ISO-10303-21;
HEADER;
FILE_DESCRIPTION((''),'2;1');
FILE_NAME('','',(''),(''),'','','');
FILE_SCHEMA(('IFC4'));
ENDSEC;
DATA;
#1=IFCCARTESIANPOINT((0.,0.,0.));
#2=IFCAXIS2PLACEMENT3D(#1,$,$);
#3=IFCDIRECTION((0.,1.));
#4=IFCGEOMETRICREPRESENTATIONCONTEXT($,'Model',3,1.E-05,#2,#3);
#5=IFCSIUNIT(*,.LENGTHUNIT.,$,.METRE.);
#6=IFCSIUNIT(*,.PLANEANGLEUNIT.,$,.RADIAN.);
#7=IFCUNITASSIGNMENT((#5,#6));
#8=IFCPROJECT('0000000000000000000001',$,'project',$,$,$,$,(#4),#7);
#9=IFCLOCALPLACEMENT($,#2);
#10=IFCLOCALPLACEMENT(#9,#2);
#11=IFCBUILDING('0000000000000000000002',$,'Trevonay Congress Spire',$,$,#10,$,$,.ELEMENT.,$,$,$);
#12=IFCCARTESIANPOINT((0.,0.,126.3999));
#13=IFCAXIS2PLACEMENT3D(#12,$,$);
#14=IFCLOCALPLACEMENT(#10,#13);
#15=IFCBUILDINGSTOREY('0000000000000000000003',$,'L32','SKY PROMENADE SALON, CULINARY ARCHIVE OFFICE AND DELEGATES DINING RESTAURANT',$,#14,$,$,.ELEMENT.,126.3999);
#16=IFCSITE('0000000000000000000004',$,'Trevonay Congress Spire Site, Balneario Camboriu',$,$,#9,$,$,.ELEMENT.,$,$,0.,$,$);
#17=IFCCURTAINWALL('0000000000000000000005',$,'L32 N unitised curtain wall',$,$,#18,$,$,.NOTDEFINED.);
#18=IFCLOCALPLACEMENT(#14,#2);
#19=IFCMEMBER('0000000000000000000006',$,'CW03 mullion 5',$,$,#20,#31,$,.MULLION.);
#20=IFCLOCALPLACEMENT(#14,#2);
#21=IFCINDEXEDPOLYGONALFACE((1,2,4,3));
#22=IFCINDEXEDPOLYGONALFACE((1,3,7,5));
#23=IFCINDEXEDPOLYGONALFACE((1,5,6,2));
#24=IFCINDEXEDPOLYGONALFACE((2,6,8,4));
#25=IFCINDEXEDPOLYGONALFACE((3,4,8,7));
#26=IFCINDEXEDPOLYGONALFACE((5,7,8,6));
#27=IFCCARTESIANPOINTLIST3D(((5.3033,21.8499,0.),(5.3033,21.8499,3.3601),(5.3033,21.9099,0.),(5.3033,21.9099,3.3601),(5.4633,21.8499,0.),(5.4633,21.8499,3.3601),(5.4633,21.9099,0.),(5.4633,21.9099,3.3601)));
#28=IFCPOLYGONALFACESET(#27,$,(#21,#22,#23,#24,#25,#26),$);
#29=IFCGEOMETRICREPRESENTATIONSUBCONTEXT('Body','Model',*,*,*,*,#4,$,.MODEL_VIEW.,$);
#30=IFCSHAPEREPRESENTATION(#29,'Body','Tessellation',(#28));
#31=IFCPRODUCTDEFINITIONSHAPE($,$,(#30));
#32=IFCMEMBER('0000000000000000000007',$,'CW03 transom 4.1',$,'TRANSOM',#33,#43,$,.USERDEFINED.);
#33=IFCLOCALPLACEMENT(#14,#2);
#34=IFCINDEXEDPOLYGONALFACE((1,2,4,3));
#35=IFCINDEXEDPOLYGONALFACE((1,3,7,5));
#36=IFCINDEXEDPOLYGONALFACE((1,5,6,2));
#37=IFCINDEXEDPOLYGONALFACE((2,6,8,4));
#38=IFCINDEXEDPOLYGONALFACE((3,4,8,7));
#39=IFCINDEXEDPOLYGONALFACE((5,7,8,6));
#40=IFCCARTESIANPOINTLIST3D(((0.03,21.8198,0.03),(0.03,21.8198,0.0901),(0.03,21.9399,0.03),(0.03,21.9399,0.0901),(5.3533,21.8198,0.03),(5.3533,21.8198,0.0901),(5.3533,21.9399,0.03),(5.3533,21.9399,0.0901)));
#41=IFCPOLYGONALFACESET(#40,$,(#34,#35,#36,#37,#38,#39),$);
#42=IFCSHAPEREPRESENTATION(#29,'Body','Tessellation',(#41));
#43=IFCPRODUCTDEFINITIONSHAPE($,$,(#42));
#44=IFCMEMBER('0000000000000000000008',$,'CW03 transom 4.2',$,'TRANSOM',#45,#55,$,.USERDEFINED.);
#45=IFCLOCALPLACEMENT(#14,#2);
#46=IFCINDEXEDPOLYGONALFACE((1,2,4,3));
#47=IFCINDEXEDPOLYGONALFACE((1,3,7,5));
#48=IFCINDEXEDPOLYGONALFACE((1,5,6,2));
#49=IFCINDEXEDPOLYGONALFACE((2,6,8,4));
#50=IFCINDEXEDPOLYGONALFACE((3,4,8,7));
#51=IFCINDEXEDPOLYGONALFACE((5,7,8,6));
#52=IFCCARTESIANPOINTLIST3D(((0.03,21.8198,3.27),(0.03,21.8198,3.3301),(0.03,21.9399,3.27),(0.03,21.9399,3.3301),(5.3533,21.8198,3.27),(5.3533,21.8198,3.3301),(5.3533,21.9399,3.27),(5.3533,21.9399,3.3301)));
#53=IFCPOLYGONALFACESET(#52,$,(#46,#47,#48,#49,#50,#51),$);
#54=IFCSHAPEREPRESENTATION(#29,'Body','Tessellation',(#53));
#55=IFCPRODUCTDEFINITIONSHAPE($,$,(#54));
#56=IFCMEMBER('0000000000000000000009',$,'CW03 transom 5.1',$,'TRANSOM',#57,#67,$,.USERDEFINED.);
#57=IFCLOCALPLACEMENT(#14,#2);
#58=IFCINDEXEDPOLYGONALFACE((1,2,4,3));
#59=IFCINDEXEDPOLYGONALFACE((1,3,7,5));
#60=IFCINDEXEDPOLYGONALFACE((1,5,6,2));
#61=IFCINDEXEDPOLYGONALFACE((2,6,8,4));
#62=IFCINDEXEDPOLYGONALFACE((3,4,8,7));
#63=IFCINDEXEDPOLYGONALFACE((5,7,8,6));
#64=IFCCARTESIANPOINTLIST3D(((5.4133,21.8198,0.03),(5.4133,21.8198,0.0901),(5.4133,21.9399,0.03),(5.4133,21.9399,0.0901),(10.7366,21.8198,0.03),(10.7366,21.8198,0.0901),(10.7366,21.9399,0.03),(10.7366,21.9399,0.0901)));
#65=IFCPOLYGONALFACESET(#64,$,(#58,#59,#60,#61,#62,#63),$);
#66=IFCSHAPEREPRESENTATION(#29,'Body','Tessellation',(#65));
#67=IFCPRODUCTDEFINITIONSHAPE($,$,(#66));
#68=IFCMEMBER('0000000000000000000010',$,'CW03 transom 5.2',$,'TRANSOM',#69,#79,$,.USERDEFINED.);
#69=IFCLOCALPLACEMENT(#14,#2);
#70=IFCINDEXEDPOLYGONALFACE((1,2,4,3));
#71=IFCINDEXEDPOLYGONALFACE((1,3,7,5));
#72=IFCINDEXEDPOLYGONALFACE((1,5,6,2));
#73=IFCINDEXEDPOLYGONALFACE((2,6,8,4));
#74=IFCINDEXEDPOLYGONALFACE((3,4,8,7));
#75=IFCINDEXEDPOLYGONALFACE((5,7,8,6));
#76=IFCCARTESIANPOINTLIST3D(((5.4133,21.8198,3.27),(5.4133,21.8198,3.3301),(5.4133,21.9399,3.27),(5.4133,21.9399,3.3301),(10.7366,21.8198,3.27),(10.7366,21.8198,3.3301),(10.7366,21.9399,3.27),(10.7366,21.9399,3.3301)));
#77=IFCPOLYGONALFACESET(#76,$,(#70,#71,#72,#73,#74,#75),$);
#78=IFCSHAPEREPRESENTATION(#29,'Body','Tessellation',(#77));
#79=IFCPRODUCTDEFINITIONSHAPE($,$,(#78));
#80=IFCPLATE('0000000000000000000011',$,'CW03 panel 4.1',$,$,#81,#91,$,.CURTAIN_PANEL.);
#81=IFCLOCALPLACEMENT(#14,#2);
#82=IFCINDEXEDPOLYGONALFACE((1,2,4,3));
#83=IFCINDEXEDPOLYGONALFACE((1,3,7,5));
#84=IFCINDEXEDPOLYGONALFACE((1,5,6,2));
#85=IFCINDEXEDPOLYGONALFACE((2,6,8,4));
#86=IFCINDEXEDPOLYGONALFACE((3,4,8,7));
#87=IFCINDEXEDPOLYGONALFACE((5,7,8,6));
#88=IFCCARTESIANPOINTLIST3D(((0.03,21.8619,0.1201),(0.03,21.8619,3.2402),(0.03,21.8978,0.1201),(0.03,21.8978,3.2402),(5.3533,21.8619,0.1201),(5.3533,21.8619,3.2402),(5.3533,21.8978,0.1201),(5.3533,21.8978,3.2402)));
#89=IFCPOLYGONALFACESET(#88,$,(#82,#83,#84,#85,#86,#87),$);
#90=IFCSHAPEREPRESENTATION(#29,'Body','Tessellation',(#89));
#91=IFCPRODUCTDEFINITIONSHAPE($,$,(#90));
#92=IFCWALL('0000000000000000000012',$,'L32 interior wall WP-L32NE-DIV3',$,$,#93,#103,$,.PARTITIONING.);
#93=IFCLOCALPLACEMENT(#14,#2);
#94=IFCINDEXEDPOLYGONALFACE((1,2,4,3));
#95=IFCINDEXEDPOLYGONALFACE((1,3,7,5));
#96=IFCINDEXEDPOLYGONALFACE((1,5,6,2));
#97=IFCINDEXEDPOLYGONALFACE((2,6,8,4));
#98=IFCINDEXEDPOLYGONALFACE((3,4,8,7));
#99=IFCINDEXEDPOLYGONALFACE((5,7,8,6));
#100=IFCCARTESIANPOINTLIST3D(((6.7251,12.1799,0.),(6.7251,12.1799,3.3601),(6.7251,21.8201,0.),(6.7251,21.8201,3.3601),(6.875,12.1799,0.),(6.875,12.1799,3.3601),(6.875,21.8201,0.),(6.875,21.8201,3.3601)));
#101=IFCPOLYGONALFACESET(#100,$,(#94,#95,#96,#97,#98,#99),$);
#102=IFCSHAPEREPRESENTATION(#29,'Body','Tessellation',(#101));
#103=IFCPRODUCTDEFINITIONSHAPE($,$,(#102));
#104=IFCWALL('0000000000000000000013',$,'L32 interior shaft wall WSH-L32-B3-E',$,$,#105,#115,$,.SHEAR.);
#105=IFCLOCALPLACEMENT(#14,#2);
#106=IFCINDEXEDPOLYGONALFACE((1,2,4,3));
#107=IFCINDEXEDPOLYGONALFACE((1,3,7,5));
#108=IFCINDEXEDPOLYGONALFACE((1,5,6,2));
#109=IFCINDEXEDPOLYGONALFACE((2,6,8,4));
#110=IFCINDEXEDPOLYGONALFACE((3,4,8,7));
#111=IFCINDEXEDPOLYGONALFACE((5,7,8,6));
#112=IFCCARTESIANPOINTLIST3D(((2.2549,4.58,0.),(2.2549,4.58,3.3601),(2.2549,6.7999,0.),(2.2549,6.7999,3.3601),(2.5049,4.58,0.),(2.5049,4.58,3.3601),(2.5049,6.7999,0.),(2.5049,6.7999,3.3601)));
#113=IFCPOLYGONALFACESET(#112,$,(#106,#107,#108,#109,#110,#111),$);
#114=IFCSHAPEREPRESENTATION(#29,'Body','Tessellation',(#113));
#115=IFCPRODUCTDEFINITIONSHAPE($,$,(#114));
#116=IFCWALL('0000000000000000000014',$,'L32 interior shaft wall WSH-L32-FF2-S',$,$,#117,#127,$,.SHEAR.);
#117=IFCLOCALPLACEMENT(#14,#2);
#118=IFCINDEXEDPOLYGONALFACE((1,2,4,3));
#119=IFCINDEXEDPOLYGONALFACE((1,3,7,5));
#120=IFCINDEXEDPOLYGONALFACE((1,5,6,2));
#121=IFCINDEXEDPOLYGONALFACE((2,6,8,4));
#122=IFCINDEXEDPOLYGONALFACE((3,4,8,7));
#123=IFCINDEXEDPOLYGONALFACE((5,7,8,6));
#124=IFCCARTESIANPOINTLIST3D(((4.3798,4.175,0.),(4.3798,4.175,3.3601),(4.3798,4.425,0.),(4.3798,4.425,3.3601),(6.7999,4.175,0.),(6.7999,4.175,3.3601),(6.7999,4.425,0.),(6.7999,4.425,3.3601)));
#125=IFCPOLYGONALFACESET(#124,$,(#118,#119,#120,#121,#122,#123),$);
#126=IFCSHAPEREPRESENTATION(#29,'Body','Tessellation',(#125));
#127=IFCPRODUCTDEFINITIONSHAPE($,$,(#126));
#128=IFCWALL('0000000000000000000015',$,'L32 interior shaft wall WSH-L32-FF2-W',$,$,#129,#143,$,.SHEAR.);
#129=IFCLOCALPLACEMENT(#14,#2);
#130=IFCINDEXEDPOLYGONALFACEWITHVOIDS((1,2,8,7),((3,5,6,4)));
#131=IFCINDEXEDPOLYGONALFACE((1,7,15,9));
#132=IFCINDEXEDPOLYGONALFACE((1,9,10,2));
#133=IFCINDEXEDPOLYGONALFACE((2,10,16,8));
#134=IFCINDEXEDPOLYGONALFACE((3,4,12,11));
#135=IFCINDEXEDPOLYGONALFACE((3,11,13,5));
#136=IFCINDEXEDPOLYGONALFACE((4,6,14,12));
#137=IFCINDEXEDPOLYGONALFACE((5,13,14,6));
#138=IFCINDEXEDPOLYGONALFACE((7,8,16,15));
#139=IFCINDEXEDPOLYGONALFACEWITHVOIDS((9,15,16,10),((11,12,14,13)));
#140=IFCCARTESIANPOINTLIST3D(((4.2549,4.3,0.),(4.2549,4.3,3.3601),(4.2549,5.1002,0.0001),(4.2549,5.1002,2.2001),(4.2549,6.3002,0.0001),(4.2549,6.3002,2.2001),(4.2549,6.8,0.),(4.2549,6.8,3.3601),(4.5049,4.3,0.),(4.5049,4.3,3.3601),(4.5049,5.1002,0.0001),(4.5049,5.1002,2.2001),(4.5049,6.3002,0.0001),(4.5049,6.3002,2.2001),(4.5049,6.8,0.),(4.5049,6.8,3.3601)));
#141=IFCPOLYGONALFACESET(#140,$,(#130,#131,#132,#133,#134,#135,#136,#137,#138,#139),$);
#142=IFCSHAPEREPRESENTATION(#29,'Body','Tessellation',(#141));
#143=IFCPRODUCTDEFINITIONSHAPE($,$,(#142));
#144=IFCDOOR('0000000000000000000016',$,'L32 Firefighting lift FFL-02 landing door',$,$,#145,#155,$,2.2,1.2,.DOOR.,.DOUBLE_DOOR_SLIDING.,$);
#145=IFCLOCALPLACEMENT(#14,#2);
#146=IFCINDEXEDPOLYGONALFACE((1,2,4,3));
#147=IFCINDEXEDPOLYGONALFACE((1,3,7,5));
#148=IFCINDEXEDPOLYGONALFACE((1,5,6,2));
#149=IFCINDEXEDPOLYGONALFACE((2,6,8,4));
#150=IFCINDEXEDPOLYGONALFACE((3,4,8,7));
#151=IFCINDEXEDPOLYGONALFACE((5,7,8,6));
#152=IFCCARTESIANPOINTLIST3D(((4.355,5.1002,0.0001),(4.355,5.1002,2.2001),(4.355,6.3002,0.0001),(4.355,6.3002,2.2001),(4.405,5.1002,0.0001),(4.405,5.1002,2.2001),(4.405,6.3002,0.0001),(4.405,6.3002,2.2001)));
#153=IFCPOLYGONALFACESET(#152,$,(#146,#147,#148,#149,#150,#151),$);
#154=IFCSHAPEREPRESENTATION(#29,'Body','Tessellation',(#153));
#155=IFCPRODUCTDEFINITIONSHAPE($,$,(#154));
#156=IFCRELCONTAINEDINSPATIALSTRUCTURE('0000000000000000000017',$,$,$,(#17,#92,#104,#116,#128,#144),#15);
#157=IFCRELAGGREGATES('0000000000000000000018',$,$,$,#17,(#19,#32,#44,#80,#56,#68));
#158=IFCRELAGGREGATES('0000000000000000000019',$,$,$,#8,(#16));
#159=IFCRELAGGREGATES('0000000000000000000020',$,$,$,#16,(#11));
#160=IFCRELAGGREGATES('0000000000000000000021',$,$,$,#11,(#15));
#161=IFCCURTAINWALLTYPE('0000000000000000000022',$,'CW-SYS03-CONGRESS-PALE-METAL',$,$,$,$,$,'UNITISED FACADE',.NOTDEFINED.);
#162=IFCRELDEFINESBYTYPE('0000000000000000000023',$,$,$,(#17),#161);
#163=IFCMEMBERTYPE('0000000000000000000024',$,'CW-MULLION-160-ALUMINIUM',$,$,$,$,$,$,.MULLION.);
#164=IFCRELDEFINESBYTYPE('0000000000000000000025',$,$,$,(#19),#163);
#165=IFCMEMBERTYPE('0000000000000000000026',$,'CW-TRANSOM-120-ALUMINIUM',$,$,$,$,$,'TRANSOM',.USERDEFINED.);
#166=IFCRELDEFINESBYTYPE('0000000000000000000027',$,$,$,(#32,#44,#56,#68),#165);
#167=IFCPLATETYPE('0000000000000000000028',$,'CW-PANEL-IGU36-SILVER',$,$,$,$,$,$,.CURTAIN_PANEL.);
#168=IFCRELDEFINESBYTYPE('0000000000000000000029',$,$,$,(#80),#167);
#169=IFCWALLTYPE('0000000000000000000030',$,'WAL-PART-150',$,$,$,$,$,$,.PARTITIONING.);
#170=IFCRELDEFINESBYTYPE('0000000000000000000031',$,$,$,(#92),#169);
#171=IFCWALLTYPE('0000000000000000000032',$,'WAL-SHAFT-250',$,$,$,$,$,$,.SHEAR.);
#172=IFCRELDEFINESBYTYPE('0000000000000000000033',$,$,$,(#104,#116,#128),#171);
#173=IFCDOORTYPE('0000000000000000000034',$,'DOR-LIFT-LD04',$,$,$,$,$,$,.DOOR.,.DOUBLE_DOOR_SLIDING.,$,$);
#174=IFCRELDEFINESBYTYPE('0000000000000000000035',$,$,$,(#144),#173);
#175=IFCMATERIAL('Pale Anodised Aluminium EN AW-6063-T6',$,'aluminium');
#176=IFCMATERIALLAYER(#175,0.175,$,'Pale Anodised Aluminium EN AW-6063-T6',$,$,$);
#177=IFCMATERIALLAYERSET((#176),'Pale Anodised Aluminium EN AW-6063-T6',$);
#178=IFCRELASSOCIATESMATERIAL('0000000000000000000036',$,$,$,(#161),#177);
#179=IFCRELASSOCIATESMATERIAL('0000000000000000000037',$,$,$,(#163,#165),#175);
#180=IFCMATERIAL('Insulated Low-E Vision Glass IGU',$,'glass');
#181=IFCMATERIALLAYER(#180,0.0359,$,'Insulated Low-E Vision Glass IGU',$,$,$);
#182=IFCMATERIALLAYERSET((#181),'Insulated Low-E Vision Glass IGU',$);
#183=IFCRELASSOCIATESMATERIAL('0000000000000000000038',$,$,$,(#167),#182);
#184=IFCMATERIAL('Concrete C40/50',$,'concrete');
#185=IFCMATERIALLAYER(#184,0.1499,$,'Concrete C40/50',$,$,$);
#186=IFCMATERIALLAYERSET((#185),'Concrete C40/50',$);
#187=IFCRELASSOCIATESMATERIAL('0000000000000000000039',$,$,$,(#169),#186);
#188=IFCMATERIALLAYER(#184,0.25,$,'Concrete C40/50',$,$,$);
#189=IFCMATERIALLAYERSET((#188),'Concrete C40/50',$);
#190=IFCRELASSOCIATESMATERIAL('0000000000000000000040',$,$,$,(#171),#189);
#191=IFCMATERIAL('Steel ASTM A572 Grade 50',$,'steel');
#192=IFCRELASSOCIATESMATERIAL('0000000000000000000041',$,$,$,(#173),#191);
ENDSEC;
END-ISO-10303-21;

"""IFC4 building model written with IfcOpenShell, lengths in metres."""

from ifc_helpers import new_model, si_unit, direction, frame, frame_2d, origin, origin_2d, place, context, subcontext, project, spatial, rectangle, extrude, material, layer, layer_set, material_profile, profile_set, type_object, element, fill, aggregate, save


model = new_model("IFC4")

# Units and contexts
model_context = context("Model", 3, precision=1e-05, world=origin(), true_north=direction((0.0, 1.0)))
body_context = subcontext(model_context, "Body", "Model", "MODEL_VIEW")
ifc_project = project(units=[si_unit("LENGTHUNIT", "METRE"), si_unit("PLANEANGLEUNIT", "RADIAN")], contexts=[model_context])

# Site, building, storey
site_placement = place(None, origin())
site = spatial("IfcSite", under=ifc_project, at=site_placement, Name="Trevonay Congress Spire Site, Balneario Camboriu", CompositionType="ELEMENT", RefElevation=0.0)
building_placement = place(site_placement, origin())
building = spatial("IfcBuilding", under=site, at=building_placement, Name="Trevonay Congress Spire", CompositionType="ELEMENT")
storey_placement = place(building_placement, frame((0.0, 0.0, 126.3999)))
storey = spatial("IfcBuildingStorey", under=building, at=storey_placement, Name="L32", Description="SKY PROMENADE SALON, CULINARY ARCHIVE OFFICE AND DELEGATES DINING RESTAURANT", CompositionType="ELEMENT", Elevation=126.3999)

# Shared definitions
ifc_material_1 = material(Name="Steel ASTM A572 Grade 50", Category="steel")

# Curtain wall, members, plate
ifc_material_2 = material(Name="Pale Anodised Aluminium EN AW-6063-T6", Category="aluminium")
ifc_layer_1 = layer(ifc_material_2, 0.175, Name="Pale Anodised Aluminium EN AW-6063-T6")
ifc_layer_set_1 = layer_set([ifc_layer_1], Name="Pale Anodised Aluminium EN AW-6063-T6")
curtain_wall_type = type_object("IfcCurtainWallType", Name="CW-SYS03-CONGRESS-PALE-METAL", ElementType="UNITISED FACADE", PredefinedType="NOTDEFINED", material=ifc_layer_set_1)
curtain_wall_placement = place(storey_placement, origin())
curtain_wall = element("IfcCurtainWall", 1, at=curtain_wall_placement, inside=storey, type_object=curtain_wall_type, Name="L32 N unitised curtain wall", PredefinedType="NOTDEFINED")
ifc_material_profile_1 = material_profile(ifc_material_2, rectangle(XDim=0.0601, YDim=0.1599, at=origin_2d()), Name="CW-MULLION-160-ALUMINIUM")
ifc_profile_set_1 = profile_set([ifc_material_profile_1], Name="Pale Anodised Aluminium EN AW-6063-T6")
member_type_1 = type_object("IfcMemberType", Name="CW-MULLION-160-ALUMINIUM", PredefinedType="MULLION", material=ifc_profile_set_1)
member_1_placement = place(storey_placement, frame((5.3833, 21.8799, 0.0), z_axis=(0.0, 0.0, 1.0), x_axis=(0.0, 1.0, 0.0)))
member_1 = element("IfcMember", 2, at=member_1_placement, type_object=member_type_1, Name="CW03 mullion 5", PredefinedType="MULLION", context=body_context, shape_type="SweptSolid", body=[
    extrude(rectangle(XDim=0.0601, YDim=0.1599, at=origin_2d()), origin(), (0.0, 0.0, 1.0), 3.3601),
])
ifc_material_profile_2 = material_profile(ifc_material_2, rectangle(XDim=0.1201, YDim=0.0601, at=origin_2d()), Name="CW-TRANSOM-120-ALUMINIUM")
ifc_profile_set_2 = profile_set([ifc_material_profile_2], Name="Pale Anodised Aluminium EN AW-6063-T6")
member_type_2 = type_object("IfcMemberType", Name="CW-TRANSOM-120-ALUMINIUM", ElementType="TRANSOM", PredefinedType="USERDEFINED", material=ifc_profile_set_2)
member_2_placement = place(storey_placement, frame((0.03, 21.8799, 0.0601), z_axis=(1.0, 0.0, 0.0), x_axis=(0.0, 1.0, 0.0)))
member_2 = element("IfcMember", 3, at=member_2_placement, type_object=member_type_2, Name="CW03 transom 4.1", ObjectType="TRANSOM", PredefinedType="USERDEFINED", context=body_context, shape_type="SweptSolid", body=[
    extrude(rectangle(XDim=0.1201, YDim=0.0601, at=origin_2d()), origin(), (0.0, 0.0, 1.0), 5.3232),
])
member_3_placement = place(storey_placement, frame((0.03, 21.8799, 3.3), z_axis=(1.0, 0.0, 0.0), x_axis=(0.0, 1.0, 0.0)))
member_3 = element("IfcMember", 4, at=member_3_placement, type_object=member_type_2, Name="CW03 transom 4.2", ObjectType="TRANSOM", PredefinedType="USERDEFINED", context=body_context, shape_type="SweptSolid", body=[
    extrude(rectangle(XDim=0.1201, YDim=0.0601, at=origin_2d()), origin(), (0.0, 0.0, 1.0), 5.3232),
])
member_4_placement = place(storey_placement, frame((5.4133, 21.8799, 0.0601), z_axis=(1.0, 0.0, 0.0), x_axis=(0.0, 1.0, 0.0)))
member_4 = element("IfcMember", 5, at=member_4_placement, type_object=member_type_2, Name="CW03 transom 5.1", ObjectType="TRANSOM", PredefinedType="USERDEFINED", context=body_context, shape_type="SweptSolid", body=[
    extrude(rectangle(XDim=0.1201, YDim=0.0601, at=origin_2d()), origin(), (0.0, 0.0, 1.0), 5.3232),
])
member_5_placement = place(storey_placement, frame((5.4133, 21.8799, 3.3), z_axis=(1.0, 0.0, 0.0), x_axis=(0.0, 1.0, 0.0)))
member_5 = element("IfcMember", 6, at=member_5_placement, type_object=member_type_2, Name="CW03 transom 5.2", ObjectType="TRANSOM", PredefinedType="USERDEFINED", context=body_context, shape_type="SweptSolid", body=[
    extrude(rectangle(XDim=0.1201, YDim=0.0601, at=origin_2d()), origin(), (0.0, 0.0, 1.0), 5.3232),
])
ifc_material_3 = material(Name="Insulated Low-E Vision Glass IGU", Category="glass")
ifc_layer_2 = layer(ifc_material_3, 0.0359, Name="Insulated Low-E Vision Glass IGU")
ifc_layer_set_2 = layer_set([ifc_layer_2], Name="Insulated Low-E Vision Glass IGU")
plate_type = type_object("IfcPlateType", Name="CW-PANEL-IGU36-SILVER", PredefinedType="CURTAIN_PANEL", material=ifc_layer_set_2)
plate_placement = place(storey_placement, frame((2.6917, 21.8799, 0.1201), z_axis=(0.0, 0.0, 1.0), x_axis=(1.0, 0.0, 0.0)))
plate = element("IfcPlate", 7, at=plate_placement, type_object=plate_type, Name="CW03 panel 4.1", PredefinedType="CURTAIN_PANEL", context=body_context, shape_type="SweptSolid", body=[
    extrude(rectangle(XDim=5.3232, YDim=0.0359, at=origin_2d()), origin(), (0.0, 0.0, 1.0), 3.1201),
])
aggregate(curtain_wall, [member_1, member_2, member_3, plate, member_4, member_5])

# Walls
ifc_material_4 = material(Name="Concrete C40/50", Category="concrete")
ifc_layer_3 = layer(ifc_material_4, 0.1499, Name="Concrete C40/50")
ifc_layer_set_3 = layer_set([ifc_layer_3], Name="Concrete C40/50")
wall_type_1 = type_object("IfcWallType", Name="WAL-PART-150", PredefinedType="PARTITIONING", material=ifc_layer_set_3)
wall_1_placement = place(storey_placement, frame((6.8, 12.1799, 0.0), z_axis=(0.0, 0.0, 1.0), x_axis=(0.0, 1.0, 0.0)))
element("IfcWall", 8, at=wall_1_placement, inside=storey, type_object=wall_type_1, Name="L32 interior wall WP-L32NE-DIV3", PredefinedType="PARTITIONING", context=body_context, shape_type="SweptSolid", body=[
    extrude(rectangle(XDim=9.6401, YDim=0.1499, at=frame_2d((4.8201, 0.0))), origin(), (0.0, 0.0, 1.0), 3.3601),
])
ifc_layer_4 = layer(ifc_material_4, 0.25, Name="Concrete C40/50")
ifc_layer_set_4 = layer_set([ifc_layer_4], Name="Concrete C40/50")
wall_type_2 = type_object("IfcWallType", Name="WAL-SHAFT-250", PredefinedType="SHEAR", material=ifc_layer_set_4)
wall_2_placement = place(storey_placement, frame((2.3799, 4.5801, 0.0), z_axis=(0.0, 0.0, 1.0), x_axis=(0.0, 1.0, 0.0)))
element("IfcWall", 9, at=wall_2_placement, inside=storey, type_object=wall_type_2, Name="L32 interior shaft wall WSH-L32-B3-E", PredefinedType="SHEAR", context=body_context, shape_type="SweptSolid", body=[
    extrude(rectangle(XDim=2.22, YDim=0.25, at=frame_2d((1.1099, 0.0))), origin(), (0.0, 0.0, 1.0), 3.3601),
])
wall_3_placement = place(storey_placement, frame((4.3799, 4.3, 0.0), z_axis=(0.0, 0.0, 1.0), x_axis=(1.0, 0.0, 0.0)))
element("IfcWall", 10, at=wall_3_placement, inside=storey, type_object=wall_type_2, Name="L32 interior shaft wall WSH-L32-FF2-S", PredefinedType="SHEAR", context=body_context, shape_type="SweptSolid", body=[
    extrude(rectangle(XDim=2.4202, YDim=0.25, at=frame_2d((1.21, 0.0))), origin(), (0.0, 0.0, 1.0), 3.3601),
])

# Wall, opening, door
wall_4_placement = place(storey_placement, frame((4.3799, 4.3, 0.0), z_axis=(0.0, 0.0, 1.0), x_axis=(0.0, 1.0, 0.0)))
wall_4 = element("IfcWall", 11, at=wall_4_placement, inside=storey, type_object=wall_type_2, Name="L32 interior shaft wall WSH-L32-FF2-W", PredefinedType="SHEAR", context=body_context, shape_type="SweptSolid", body=[
    extrude(rectangle(XDim=2.5, YDim=0.25, at=frame_2d((1.25, 0.0))), origin(), (0.0, 0.0, 1.0), 3.3601),
])
opening_1_placement = place(wall_4_placement, frame((0.8, 0.0, 0.0)))
opening_1 = element("IfcOpeningElement", 12, at=opening_1_placement, cuts=wall_4, PredefinedType="OPENING", context=body_context, shape_type="SweptSolid", body=[
    extrude(rectangle(XDim=1.2, YDim=2.2, at=frame_2d((0.6001, 1.1001))), frame((0.0, 0.135, 0.0), z_axis=(0.0, -1.0, 0.0), x_axis=(1.0, 0.0, 0.0)), (0.0, 0.0, 1.0), 0.27),
])
door_type_1 = type_object("IfcDoorType", Name="DOR-LIFT-LD04", OperationType="DOUBLE_DOOR_SLIDING", PredefinedType="DOOR", material=ifc_material_1)
door_1_placement = place(opening_1_placement, origin())
door_1 = element("IfcDoor", 13, at=door_1_placement, inside=storey, type_object=door_type_1, Name="L32 Firefighting lift FFL-02 landing door", OperationType="DOUBLE_DOOR_SLIDING", OverallHeight=2.2, OverallWidth=1.2, PredefinedType="DOOR", context=body_context, shape_type="SweptSolid", body=[
    extrude(rectangle(XDim=1.2, YDim=2.2, at=frame_2d((0.6001, 1.1001))), frame((0.0, 0.0249, 0.0), z_axis=(0.0, -1.0, 0.0), x_axis=(1.0, 0.0, 0.0)), (0.0, 0.0, 1.0), 0.05),
])
fill(opening_1, door_1)

save(model, "model.ifc")
